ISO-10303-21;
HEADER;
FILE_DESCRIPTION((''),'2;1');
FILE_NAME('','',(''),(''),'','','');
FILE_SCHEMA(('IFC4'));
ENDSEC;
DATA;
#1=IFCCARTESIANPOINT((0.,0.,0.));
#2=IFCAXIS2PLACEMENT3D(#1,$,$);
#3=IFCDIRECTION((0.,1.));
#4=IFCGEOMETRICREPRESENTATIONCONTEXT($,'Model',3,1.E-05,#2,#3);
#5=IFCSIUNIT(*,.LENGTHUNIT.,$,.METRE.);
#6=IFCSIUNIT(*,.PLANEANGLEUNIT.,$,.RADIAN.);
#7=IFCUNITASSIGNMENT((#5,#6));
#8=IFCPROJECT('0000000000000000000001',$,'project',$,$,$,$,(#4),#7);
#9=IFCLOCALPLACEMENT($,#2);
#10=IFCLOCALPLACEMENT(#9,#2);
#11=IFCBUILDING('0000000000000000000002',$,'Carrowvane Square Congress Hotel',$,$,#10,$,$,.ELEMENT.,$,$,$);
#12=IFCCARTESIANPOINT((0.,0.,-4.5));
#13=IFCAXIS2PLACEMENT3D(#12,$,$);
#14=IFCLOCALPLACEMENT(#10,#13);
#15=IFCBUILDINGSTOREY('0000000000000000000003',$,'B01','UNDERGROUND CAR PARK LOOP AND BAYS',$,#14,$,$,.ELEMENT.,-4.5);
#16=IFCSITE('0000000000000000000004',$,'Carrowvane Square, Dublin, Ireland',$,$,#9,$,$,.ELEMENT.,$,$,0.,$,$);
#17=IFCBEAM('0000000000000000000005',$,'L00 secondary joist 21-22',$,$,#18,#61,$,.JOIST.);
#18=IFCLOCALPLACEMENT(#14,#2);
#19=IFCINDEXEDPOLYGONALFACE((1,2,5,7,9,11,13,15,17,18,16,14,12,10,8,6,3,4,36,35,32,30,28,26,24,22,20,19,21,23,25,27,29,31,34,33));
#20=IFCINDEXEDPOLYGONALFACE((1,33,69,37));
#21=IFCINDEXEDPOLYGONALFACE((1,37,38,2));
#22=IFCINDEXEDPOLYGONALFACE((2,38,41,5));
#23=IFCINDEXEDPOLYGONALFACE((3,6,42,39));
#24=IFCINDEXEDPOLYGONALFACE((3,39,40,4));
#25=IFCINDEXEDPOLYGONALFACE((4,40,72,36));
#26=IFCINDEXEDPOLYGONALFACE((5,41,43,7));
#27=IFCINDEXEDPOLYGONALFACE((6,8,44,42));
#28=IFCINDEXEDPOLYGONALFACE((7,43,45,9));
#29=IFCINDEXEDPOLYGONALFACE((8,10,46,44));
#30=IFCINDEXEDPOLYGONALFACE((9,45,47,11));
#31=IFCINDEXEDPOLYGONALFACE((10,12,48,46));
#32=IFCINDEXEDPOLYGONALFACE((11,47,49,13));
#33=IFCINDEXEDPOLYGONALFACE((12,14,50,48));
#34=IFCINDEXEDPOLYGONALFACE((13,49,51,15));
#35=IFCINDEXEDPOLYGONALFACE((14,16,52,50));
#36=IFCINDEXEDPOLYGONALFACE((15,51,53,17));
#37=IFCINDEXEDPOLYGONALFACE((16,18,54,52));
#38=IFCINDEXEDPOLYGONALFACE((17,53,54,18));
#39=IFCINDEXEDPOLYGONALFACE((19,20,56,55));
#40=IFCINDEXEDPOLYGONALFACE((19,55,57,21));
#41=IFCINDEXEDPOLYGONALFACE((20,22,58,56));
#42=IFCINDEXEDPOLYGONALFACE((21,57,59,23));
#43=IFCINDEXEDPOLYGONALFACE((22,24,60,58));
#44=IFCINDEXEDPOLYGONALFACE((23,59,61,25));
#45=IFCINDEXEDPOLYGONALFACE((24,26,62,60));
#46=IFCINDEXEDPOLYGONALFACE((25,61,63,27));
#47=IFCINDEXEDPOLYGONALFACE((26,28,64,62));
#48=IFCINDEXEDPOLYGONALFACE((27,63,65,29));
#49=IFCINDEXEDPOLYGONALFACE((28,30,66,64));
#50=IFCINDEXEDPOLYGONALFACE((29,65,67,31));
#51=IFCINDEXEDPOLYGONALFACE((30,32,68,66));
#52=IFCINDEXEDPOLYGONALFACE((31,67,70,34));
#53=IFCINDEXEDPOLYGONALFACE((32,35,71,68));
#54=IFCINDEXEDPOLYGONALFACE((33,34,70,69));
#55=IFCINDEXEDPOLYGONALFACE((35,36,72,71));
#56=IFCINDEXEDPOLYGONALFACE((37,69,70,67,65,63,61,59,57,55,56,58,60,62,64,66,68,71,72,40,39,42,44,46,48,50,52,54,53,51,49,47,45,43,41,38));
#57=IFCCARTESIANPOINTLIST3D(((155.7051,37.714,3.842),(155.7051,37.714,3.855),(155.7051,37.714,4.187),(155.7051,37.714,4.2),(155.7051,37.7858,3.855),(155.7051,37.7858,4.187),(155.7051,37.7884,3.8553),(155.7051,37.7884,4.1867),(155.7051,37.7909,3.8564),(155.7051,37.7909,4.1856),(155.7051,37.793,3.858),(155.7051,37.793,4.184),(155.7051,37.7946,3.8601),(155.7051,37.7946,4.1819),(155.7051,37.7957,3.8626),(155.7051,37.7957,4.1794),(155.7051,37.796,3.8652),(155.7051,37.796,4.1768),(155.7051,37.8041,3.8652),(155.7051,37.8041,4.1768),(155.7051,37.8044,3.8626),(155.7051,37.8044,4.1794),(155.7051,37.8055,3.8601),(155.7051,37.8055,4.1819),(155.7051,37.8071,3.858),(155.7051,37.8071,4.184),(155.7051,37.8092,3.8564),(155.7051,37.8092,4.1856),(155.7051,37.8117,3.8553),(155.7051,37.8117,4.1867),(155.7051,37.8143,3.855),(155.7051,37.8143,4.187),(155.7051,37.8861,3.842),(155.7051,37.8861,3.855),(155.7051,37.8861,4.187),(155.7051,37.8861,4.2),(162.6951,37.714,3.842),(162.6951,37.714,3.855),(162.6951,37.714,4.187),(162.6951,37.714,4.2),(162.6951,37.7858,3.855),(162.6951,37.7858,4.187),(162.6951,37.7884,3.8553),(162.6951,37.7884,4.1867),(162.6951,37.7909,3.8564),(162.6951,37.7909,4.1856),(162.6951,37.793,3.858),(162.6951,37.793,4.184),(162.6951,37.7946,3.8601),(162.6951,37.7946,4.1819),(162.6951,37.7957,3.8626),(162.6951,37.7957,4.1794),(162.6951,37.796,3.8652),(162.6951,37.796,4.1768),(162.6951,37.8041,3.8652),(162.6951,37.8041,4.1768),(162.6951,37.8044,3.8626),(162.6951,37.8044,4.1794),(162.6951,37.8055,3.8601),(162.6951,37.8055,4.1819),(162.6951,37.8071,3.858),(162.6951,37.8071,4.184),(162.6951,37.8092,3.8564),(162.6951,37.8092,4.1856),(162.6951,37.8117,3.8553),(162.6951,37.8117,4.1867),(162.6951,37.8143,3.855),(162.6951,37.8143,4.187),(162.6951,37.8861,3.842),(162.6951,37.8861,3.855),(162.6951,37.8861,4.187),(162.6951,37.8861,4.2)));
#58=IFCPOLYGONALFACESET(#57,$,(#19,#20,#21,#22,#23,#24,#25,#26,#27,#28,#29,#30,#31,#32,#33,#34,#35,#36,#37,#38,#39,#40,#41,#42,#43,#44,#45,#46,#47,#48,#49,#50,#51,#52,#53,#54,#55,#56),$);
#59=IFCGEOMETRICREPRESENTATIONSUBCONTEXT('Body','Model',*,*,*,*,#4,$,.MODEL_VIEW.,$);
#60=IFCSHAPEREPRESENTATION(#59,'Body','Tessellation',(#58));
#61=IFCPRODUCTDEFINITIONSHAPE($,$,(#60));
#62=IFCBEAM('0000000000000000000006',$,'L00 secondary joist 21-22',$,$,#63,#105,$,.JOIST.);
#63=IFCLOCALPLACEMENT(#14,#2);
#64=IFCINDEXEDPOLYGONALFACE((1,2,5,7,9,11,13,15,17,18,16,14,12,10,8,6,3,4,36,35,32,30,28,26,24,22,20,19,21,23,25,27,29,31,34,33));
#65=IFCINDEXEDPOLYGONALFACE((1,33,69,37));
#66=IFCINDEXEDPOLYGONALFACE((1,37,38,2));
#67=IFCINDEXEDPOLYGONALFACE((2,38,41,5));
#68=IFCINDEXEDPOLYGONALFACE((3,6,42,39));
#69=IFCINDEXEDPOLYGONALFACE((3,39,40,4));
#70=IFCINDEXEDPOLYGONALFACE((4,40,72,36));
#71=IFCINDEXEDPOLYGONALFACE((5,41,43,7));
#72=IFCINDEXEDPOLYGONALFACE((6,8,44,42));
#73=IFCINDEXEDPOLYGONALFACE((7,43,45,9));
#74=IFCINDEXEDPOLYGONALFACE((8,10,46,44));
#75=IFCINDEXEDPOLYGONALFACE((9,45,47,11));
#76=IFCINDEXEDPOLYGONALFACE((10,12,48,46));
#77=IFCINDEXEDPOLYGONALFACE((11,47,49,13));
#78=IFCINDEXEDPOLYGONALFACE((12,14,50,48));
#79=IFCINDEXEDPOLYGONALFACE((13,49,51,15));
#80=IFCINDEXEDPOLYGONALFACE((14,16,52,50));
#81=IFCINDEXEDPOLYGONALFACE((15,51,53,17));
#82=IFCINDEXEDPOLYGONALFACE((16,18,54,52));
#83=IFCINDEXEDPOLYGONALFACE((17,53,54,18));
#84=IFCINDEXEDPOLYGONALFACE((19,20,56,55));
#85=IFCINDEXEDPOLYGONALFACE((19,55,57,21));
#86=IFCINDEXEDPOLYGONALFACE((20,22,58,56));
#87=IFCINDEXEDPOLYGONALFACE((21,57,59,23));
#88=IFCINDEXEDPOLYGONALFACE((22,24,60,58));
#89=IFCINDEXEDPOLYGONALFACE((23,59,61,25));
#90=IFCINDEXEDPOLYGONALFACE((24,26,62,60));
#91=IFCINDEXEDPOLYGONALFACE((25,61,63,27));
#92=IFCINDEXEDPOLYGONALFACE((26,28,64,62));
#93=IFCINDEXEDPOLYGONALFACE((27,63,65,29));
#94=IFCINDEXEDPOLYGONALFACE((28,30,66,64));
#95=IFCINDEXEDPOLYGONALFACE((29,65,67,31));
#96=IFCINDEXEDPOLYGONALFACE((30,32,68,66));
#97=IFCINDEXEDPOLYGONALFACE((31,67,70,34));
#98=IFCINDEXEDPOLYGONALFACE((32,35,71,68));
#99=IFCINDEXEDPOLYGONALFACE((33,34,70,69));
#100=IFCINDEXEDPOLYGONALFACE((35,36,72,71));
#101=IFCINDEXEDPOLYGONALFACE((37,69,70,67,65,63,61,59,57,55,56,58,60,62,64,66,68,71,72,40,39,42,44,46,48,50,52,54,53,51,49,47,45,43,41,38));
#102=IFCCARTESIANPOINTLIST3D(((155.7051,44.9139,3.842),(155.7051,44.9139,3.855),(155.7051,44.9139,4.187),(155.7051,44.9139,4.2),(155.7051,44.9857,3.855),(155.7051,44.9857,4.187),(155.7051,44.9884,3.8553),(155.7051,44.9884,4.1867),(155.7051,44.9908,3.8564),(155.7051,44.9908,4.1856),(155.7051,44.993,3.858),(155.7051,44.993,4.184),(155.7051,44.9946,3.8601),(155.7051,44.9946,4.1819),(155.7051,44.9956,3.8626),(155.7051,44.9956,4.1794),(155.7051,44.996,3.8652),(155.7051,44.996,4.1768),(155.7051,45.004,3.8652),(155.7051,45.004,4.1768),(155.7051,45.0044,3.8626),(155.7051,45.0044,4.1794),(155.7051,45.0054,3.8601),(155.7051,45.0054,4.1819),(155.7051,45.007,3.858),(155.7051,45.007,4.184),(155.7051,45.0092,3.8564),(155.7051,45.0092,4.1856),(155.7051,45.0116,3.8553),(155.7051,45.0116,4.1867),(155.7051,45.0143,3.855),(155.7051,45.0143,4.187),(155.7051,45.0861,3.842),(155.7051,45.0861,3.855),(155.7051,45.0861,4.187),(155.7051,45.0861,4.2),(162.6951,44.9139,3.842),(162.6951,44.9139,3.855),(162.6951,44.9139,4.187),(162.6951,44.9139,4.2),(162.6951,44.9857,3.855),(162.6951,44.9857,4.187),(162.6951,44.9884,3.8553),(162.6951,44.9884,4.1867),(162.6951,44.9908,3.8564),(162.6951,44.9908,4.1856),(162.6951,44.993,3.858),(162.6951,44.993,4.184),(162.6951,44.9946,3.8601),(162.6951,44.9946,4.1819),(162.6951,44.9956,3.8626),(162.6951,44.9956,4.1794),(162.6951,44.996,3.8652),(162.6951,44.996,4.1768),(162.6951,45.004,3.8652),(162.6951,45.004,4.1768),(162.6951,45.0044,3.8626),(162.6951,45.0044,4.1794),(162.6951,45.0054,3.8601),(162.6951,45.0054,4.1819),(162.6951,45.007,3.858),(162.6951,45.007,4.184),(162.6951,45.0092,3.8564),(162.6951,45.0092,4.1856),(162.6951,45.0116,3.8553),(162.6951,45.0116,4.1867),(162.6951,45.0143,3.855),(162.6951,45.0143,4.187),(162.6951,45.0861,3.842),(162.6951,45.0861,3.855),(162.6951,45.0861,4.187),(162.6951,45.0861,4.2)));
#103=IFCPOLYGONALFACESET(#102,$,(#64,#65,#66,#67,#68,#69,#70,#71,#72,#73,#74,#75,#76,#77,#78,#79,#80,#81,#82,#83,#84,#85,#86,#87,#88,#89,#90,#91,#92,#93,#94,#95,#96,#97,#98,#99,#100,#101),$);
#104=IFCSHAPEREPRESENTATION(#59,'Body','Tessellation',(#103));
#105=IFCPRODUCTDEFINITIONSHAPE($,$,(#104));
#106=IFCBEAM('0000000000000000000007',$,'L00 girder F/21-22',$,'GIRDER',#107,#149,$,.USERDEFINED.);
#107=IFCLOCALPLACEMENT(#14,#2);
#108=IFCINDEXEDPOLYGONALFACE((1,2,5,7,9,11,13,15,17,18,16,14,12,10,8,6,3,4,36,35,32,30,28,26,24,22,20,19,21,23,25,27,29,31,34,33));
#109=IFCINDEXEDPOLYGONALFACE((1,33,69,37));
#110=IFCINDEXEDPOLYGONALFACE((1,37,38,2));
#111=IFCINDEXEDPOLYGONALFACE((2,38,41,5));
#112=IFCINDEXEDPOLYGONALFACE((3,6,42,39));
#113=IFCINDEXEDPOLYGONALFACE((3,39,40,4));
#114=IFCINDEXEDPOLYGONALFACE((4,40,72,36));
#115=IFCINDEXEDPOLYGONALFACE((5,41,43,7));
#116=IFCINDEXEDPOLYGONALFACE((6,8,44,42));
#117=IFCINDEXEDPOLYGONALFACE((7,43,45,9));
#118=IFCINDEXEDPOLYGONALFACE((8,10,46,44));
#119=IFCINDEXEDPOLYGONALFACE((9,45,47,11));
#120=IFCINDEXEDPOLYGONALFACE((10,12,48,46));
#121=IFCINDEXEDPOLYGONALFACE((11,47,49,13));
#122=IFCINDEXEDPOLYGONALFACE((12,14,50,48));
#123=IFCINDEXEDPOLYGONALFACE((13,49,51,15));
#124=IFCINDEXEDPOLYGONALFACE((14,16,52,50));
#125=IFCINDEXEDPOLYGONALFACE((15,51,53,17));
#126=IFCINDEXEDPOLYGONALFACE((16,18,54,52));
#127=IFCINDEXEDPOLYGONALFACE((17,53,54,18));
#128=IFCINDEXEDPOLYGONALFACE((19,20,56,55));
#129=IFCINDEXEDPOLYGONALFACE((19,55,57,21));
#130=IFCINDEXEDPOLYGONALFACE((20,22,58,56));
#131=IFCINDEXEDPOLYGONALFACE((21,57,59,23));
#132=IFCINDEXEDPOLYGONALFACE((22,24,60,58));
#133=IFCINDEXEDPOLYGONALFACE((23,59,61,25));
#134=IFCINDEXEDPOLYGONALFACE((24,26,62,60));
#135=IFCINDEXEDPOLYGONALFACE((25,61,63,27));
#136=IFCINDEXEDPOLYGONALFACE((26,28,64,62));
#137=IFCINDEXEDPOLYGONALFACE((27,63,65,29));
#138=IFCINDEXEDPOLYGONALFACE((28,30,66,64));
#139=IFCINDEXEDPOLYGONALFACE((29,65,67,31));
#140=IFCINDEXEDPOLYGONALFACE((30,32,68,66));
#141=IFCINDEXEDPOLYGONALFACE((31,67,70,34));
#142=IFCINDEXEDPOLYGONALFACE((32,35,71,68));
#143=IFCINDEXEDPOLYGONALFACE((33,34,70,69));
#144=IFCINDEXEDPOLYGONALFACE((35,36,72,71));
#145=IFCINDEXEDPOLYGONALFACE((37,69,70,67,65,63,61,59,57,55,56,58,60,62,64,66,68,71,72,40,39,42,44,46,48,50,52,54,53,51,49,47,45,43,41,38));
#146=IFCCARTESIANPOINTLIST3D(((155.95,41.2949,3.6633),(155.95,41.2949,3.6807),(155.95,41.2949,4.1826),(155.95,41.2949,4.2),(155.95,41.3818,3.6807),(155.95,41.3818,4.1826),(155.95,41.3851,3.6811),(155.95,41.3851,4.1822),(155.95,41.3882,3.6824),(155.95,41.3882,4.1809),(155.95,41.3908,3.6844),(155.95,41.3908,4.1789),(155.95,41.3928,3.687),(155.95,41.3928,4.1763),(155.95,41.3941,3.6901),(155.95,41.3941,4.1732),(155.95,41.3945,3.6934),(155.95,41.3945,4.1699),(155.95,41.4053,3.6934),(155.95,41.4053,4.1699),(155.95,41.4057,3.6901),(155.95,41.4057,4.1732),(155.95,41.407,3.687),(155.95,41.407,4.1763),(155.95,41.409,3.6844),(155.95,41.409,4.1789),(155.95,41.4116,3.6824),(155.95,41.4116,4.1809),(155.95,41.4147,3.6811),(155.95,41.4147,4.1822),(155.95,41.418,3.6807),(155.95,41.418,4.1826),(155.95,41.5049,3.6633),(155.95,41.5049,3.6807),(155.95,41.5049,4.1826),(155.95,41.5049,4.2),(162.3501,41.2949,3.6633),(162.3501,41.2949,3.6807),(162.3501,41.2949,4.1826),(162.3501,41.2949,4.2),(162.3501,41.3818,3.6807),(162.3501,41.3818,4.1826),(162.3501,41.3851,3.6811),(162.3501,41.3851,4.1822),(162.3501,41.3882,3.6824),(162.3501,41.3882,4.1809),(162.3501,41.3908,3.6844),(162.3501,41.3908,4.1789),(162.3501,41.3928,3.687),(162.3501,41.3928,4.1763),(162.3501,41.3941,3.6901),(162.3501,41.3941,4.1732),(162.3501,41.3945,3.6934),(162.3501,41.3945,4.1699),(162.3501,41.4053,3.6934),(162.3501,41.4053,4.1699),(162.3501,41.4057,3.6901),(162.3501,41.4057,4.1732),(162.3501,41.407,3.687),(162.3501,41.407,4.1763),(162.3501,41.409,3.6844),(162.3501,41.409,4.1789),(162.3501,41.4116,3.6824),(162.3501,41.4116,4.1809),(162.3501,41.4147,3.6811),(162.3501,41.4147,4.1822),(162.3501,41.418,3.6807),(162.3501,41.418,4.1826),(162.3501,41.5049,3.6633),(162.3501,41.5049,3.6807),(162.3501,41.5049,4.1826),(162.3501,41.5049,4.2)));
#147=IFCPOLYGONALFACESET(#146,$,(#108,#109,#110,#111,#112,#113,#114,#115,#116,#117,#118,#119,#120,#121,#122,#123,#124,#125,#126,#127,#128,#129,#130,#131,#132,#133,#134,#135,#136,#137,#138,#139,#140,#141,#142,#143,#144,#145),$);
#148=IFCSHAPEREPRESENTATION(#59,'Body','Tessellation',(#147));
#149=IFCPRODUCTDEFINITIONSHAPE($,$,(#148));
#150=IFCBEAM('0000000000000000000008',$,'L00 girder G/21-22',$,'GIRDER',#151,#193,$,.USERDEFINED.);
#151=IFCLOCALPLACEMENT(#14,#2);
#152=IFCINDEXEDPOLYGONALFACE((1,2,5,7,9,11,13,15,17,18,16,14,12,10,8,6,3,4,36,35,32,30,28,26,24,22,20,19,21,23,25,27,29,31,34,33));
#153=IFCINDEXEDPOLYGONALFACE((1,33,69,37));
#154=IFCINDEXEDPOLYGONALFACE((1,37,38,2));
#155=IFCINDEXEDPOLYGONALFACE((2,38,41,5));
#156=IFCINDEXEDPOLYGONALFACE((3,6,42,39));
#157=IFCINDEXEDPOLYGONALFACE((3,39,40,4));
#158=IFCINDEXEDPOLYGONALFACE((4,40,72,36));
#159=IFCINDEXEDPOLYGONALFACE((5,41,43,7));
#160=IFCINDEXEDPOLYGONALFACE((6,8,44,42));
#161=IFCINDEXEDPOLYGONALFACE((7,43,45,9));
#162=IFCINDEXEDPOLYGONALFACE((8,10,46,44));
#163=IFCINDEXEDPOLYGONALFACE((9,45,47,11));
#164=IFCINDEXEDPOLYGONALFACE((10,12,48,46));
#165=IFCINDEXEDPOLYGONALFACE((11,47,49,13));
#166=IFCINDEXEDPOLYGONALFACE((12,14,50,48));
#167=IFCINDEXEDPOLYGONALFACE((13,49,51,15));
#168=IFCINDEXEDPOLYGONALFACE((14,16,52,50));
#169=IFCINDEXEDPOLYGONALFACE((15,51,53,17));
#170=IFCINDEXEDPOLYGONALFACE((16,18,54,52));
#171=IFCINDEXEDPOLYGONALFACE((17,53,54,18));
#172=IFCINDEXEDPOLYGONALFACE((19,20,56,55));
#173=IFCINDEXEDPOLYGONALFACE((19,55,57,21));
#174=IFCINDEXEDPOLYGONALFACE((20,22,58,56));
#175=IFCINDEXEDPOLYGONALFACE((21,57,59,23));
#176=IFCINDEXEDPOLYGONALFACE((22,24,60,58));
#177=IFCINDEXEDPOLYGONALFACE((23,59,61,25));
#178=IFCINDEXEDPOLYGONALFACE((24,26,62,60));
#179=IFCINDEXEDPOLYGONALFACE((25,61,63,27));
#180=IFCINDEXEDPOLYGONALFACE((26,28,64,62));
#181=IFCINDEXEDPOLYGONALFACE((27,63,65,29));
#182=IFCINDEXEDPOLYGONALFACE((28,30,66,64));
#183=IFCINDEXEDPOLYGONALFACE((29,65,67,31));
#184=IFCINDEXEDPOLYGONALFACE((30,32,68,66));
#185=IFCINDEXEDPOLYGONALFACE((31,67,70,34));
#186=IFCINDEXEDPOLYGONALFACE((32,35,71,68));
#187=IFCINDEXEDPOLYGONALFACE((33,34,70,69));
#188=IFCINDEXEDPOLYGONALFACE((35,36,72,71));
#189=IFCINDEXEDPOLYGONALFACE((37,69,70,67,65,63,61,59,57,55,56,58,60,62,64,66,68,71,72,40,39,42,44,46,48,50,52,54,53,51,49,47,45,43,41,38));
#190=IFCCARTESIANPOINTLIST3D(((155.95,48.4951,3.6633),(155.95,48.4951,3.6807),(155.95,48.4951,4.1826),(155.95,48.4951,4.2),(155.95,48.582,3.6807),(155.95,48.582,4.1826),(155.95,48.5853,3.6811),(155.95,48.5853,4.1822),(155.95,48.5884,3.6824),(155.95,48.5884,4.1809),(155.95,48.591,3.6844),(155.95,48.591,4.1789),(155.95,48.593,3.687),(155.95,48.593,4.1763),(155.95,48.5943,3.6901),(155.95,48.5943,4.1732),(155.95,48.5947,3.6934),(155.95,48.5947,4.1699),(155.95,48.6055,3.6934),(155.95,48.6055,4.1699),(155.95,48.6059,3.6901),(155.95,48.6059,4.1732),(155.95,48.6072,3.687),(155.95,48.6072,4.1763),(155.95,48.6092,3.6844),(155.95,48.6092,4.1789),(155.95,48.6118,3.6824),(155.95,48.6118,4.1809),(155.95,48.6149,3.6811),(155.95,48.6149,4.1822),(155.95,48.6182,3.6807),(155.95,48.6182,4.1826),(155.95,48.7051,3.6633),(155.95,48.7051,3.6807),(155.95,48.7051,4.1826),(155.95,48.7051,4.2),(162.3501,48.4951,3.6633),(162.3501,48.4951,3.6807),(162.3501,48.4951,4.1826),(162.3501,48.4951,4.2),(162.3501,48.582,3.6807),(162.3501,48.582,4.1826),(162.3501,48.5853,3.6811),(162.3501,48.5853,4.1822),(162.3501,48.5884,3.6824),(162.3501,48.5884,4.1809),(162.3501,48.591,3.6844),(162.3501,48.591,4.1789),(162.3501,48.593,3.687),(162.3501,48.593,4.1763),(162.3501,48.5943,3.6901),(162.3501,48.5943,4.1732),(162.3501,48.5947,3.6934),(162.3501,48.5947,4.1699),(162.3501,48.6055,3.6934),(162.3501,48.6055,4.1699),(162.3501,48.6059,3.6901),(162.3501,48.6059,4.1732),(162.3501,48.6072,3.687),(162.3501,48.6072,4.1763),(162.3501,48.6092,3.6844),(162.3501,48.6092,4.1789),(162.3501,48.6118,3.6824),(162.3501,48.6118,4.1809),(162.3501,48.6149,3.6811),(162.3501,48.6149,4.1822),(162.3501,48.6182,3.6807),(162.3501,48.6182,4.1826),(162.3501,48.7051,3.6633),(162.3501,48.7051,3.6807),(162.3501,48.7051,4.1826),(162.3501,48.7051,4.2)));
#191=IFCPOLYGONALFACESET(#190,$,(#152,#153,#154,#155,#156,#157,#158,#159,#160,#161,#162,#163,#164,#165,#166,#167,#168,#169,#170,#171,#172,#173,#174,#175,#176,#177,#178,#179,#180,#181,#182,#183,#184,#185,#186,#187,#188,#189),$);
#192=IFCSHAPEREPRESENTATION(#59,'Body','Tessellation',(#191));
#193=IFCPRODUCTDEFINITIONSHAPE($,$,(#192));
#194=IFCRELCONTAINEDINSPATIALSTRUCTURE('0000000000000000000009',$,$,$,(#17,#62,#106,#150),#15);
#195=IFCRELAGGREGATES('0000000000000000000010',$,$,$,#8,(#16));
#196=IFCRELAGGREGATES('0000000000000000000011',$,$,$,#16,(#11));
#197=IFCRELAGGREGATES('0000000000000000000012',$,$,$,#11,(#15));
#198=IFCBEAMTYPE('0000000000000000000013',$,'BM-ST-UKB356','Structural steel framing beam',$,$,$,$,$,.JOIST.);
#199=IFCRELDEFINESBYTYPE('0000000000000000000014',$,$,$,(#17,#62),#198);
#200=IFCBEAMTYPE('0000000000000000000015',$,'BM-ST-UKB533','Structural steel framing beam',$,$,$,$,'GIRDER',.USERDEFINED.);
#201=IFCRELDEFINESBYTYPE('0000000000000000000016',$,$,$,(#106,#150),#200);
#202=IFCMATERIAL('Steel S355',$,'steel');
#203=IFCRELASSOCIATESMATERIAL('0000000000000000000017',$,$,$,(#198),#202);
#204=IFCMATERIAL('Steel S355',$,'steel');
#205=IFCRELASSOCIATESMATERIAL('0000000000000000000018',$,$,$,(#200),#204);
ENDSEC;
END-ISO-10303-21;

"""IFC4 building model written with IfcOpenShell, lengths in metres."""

from ifc_helpers import new_model, si_unit, direction, frame, origin, origin_2d, place, context, subcontext, project, spatial, i_section, extrude, material, material_profile, profile_set, type_object, element, save


model = new_model("IFC4")

# Units and contexts
model_context = context("Model", 3, precision=1e-05, world=origin(), true_north=direction((0.0, 1.0)))
body_context = subcontext(model_context, "Body", "Model", "MODEL_VIEW")
ifc_project = project(units=[si_unit("LENGTHUNIT", "METRE"), si_unit("PLANEANGLEUNIT", "RADIAN")], contexts=[model_context])

# Site, building, storey
site_placement = place(None, origin())
site = spatial("IfcSite", under=ifc_project, at=site_placement, Name="Carrowvane Square, Dublin, Ireland", CompositionType="ELEMENT", RefElevation=0.0)
building_placement = place(site_placement, origin())
building = spatial("IfcBuilding", under=site, at=building_placement, Name="Carrowvane Square Congress Hotel", CompositionType="ELEMENT")
storey_placement = place(building_placement, frame((0.0, 0.0, -4.5)))
storey = spatial("IfcBuildingStorey", under=building, at=storey_placement, Name="B01", Description="UNDERGROUND CAR PARK LOOP AND BAYS", CompositionType="ELEMENT", Elevation=-4.5)

# Beams
ifc_material_1 = material(Name="Steel S355", Category="steel")
ifc_material_profile_1 = material_profile(ifc_material_1, i_section(OverallWidth=0.1721, OverallDepth=0.3579, WebThickness=0.0081, FlangeThickness=0.0129, FilletRadius=0.0103, at=origin_2d()), Name="UKB 356x171x57")
ifc_profile_set_1 = profile_set([ifc_material_profile_1], Name="Steel S355")
beam_type_1 = type_object("IfcBeamType", Name="BM-ST-UKB356", Description="Structural steel framing beam", PredefinedType="JOIST", material=ifc_profile_set_1)
for number, where, z_axis, x_axis, name in (
    (1, (155.7051, 37.8, 4.021), (1.0, 0.0, 0.0), (0.0, 1.0, 0.0), "L00 secondary joist 21-22"),
    (2, (155.7051, 45.0, 4.021), (1.0, 0.0, 0.0), (0.0, 1.0, 0.0), "L00 secondary joist 21-22"),
):
    element("IfcBeam", number, at=place(storey_placement, frame(where, z_axis=z_axis, x_axis=x_axis)), inside=storey, type_object=beam_type_1, Name=name, PredefinedType="JOIST", context=body_context, shape_type="SweptSolid", body=[
        extrude(i_section(OverallWidth=0.1721, OverallDepth=0.3579, WebThickness=0.0081, FlangeThickness=0.0129, FilletRadius=0.0103, at=origin_2d()), origin(), (0.0, 0.0, 1.0), 6.99),
    ])
ifc_material_2 = material(Name="Steel S355", Category="steel")
ifc_material_profile_2 = material_profile(ifc_material_2, i_section(OverallWidth=0.21, OverallDepth=0.5366, WebThickness=0.0107, FlangeThickness=0.0173, FilletRadius=0.0127, at=origin_2d()), Name="UKB 533x210x101")
ifc_profile_set_2 = profile_set([ifc_material_profile_2], Name="Steel S355")
beam_type_2 = type_object("IfcBeamType", Name="BM-ST-UKB533", Description="Structural steel framing beam", ElementType="GIRDER", PredefinedType="USERDEFINED", material=ifc_profile_set_2)
for number, where, z_axis, x_axis, name in (
    (3, (155.95, 41.3999, 3.9316), (1.0, 0.0, 0.0), (0.0, 1.0, 0.0), "L00 girder F/21-22"),
    (4, (155.95, 48.6001, 3.9316), (1.0, 0.0, 0.0), (0.0, 1.0, 0.0), "L00 girder G/21-22"),
):
    element("IfcBeam", number, at=place(storey_placement, frame(where, z_axis=z_axis, x_axis=x_axis)), inside=storey, type_object=beam_type_2, Name=name, ObjectType="GIRDER", PredefinedType="USERDEFINED", context=body_context, shape_type="SweptSolid", body=[
        extrude(i_section(OverallWidth=0.21, OverallDepth=0.5366, WebThickness=0.0107, FlangeThickness=0.0173, FilletRadius=0.0127, at=origin_2d()), origin(), (0.0, 0.0, 1.0), 6.4001),
    ])

save(model, "model.ifc")
